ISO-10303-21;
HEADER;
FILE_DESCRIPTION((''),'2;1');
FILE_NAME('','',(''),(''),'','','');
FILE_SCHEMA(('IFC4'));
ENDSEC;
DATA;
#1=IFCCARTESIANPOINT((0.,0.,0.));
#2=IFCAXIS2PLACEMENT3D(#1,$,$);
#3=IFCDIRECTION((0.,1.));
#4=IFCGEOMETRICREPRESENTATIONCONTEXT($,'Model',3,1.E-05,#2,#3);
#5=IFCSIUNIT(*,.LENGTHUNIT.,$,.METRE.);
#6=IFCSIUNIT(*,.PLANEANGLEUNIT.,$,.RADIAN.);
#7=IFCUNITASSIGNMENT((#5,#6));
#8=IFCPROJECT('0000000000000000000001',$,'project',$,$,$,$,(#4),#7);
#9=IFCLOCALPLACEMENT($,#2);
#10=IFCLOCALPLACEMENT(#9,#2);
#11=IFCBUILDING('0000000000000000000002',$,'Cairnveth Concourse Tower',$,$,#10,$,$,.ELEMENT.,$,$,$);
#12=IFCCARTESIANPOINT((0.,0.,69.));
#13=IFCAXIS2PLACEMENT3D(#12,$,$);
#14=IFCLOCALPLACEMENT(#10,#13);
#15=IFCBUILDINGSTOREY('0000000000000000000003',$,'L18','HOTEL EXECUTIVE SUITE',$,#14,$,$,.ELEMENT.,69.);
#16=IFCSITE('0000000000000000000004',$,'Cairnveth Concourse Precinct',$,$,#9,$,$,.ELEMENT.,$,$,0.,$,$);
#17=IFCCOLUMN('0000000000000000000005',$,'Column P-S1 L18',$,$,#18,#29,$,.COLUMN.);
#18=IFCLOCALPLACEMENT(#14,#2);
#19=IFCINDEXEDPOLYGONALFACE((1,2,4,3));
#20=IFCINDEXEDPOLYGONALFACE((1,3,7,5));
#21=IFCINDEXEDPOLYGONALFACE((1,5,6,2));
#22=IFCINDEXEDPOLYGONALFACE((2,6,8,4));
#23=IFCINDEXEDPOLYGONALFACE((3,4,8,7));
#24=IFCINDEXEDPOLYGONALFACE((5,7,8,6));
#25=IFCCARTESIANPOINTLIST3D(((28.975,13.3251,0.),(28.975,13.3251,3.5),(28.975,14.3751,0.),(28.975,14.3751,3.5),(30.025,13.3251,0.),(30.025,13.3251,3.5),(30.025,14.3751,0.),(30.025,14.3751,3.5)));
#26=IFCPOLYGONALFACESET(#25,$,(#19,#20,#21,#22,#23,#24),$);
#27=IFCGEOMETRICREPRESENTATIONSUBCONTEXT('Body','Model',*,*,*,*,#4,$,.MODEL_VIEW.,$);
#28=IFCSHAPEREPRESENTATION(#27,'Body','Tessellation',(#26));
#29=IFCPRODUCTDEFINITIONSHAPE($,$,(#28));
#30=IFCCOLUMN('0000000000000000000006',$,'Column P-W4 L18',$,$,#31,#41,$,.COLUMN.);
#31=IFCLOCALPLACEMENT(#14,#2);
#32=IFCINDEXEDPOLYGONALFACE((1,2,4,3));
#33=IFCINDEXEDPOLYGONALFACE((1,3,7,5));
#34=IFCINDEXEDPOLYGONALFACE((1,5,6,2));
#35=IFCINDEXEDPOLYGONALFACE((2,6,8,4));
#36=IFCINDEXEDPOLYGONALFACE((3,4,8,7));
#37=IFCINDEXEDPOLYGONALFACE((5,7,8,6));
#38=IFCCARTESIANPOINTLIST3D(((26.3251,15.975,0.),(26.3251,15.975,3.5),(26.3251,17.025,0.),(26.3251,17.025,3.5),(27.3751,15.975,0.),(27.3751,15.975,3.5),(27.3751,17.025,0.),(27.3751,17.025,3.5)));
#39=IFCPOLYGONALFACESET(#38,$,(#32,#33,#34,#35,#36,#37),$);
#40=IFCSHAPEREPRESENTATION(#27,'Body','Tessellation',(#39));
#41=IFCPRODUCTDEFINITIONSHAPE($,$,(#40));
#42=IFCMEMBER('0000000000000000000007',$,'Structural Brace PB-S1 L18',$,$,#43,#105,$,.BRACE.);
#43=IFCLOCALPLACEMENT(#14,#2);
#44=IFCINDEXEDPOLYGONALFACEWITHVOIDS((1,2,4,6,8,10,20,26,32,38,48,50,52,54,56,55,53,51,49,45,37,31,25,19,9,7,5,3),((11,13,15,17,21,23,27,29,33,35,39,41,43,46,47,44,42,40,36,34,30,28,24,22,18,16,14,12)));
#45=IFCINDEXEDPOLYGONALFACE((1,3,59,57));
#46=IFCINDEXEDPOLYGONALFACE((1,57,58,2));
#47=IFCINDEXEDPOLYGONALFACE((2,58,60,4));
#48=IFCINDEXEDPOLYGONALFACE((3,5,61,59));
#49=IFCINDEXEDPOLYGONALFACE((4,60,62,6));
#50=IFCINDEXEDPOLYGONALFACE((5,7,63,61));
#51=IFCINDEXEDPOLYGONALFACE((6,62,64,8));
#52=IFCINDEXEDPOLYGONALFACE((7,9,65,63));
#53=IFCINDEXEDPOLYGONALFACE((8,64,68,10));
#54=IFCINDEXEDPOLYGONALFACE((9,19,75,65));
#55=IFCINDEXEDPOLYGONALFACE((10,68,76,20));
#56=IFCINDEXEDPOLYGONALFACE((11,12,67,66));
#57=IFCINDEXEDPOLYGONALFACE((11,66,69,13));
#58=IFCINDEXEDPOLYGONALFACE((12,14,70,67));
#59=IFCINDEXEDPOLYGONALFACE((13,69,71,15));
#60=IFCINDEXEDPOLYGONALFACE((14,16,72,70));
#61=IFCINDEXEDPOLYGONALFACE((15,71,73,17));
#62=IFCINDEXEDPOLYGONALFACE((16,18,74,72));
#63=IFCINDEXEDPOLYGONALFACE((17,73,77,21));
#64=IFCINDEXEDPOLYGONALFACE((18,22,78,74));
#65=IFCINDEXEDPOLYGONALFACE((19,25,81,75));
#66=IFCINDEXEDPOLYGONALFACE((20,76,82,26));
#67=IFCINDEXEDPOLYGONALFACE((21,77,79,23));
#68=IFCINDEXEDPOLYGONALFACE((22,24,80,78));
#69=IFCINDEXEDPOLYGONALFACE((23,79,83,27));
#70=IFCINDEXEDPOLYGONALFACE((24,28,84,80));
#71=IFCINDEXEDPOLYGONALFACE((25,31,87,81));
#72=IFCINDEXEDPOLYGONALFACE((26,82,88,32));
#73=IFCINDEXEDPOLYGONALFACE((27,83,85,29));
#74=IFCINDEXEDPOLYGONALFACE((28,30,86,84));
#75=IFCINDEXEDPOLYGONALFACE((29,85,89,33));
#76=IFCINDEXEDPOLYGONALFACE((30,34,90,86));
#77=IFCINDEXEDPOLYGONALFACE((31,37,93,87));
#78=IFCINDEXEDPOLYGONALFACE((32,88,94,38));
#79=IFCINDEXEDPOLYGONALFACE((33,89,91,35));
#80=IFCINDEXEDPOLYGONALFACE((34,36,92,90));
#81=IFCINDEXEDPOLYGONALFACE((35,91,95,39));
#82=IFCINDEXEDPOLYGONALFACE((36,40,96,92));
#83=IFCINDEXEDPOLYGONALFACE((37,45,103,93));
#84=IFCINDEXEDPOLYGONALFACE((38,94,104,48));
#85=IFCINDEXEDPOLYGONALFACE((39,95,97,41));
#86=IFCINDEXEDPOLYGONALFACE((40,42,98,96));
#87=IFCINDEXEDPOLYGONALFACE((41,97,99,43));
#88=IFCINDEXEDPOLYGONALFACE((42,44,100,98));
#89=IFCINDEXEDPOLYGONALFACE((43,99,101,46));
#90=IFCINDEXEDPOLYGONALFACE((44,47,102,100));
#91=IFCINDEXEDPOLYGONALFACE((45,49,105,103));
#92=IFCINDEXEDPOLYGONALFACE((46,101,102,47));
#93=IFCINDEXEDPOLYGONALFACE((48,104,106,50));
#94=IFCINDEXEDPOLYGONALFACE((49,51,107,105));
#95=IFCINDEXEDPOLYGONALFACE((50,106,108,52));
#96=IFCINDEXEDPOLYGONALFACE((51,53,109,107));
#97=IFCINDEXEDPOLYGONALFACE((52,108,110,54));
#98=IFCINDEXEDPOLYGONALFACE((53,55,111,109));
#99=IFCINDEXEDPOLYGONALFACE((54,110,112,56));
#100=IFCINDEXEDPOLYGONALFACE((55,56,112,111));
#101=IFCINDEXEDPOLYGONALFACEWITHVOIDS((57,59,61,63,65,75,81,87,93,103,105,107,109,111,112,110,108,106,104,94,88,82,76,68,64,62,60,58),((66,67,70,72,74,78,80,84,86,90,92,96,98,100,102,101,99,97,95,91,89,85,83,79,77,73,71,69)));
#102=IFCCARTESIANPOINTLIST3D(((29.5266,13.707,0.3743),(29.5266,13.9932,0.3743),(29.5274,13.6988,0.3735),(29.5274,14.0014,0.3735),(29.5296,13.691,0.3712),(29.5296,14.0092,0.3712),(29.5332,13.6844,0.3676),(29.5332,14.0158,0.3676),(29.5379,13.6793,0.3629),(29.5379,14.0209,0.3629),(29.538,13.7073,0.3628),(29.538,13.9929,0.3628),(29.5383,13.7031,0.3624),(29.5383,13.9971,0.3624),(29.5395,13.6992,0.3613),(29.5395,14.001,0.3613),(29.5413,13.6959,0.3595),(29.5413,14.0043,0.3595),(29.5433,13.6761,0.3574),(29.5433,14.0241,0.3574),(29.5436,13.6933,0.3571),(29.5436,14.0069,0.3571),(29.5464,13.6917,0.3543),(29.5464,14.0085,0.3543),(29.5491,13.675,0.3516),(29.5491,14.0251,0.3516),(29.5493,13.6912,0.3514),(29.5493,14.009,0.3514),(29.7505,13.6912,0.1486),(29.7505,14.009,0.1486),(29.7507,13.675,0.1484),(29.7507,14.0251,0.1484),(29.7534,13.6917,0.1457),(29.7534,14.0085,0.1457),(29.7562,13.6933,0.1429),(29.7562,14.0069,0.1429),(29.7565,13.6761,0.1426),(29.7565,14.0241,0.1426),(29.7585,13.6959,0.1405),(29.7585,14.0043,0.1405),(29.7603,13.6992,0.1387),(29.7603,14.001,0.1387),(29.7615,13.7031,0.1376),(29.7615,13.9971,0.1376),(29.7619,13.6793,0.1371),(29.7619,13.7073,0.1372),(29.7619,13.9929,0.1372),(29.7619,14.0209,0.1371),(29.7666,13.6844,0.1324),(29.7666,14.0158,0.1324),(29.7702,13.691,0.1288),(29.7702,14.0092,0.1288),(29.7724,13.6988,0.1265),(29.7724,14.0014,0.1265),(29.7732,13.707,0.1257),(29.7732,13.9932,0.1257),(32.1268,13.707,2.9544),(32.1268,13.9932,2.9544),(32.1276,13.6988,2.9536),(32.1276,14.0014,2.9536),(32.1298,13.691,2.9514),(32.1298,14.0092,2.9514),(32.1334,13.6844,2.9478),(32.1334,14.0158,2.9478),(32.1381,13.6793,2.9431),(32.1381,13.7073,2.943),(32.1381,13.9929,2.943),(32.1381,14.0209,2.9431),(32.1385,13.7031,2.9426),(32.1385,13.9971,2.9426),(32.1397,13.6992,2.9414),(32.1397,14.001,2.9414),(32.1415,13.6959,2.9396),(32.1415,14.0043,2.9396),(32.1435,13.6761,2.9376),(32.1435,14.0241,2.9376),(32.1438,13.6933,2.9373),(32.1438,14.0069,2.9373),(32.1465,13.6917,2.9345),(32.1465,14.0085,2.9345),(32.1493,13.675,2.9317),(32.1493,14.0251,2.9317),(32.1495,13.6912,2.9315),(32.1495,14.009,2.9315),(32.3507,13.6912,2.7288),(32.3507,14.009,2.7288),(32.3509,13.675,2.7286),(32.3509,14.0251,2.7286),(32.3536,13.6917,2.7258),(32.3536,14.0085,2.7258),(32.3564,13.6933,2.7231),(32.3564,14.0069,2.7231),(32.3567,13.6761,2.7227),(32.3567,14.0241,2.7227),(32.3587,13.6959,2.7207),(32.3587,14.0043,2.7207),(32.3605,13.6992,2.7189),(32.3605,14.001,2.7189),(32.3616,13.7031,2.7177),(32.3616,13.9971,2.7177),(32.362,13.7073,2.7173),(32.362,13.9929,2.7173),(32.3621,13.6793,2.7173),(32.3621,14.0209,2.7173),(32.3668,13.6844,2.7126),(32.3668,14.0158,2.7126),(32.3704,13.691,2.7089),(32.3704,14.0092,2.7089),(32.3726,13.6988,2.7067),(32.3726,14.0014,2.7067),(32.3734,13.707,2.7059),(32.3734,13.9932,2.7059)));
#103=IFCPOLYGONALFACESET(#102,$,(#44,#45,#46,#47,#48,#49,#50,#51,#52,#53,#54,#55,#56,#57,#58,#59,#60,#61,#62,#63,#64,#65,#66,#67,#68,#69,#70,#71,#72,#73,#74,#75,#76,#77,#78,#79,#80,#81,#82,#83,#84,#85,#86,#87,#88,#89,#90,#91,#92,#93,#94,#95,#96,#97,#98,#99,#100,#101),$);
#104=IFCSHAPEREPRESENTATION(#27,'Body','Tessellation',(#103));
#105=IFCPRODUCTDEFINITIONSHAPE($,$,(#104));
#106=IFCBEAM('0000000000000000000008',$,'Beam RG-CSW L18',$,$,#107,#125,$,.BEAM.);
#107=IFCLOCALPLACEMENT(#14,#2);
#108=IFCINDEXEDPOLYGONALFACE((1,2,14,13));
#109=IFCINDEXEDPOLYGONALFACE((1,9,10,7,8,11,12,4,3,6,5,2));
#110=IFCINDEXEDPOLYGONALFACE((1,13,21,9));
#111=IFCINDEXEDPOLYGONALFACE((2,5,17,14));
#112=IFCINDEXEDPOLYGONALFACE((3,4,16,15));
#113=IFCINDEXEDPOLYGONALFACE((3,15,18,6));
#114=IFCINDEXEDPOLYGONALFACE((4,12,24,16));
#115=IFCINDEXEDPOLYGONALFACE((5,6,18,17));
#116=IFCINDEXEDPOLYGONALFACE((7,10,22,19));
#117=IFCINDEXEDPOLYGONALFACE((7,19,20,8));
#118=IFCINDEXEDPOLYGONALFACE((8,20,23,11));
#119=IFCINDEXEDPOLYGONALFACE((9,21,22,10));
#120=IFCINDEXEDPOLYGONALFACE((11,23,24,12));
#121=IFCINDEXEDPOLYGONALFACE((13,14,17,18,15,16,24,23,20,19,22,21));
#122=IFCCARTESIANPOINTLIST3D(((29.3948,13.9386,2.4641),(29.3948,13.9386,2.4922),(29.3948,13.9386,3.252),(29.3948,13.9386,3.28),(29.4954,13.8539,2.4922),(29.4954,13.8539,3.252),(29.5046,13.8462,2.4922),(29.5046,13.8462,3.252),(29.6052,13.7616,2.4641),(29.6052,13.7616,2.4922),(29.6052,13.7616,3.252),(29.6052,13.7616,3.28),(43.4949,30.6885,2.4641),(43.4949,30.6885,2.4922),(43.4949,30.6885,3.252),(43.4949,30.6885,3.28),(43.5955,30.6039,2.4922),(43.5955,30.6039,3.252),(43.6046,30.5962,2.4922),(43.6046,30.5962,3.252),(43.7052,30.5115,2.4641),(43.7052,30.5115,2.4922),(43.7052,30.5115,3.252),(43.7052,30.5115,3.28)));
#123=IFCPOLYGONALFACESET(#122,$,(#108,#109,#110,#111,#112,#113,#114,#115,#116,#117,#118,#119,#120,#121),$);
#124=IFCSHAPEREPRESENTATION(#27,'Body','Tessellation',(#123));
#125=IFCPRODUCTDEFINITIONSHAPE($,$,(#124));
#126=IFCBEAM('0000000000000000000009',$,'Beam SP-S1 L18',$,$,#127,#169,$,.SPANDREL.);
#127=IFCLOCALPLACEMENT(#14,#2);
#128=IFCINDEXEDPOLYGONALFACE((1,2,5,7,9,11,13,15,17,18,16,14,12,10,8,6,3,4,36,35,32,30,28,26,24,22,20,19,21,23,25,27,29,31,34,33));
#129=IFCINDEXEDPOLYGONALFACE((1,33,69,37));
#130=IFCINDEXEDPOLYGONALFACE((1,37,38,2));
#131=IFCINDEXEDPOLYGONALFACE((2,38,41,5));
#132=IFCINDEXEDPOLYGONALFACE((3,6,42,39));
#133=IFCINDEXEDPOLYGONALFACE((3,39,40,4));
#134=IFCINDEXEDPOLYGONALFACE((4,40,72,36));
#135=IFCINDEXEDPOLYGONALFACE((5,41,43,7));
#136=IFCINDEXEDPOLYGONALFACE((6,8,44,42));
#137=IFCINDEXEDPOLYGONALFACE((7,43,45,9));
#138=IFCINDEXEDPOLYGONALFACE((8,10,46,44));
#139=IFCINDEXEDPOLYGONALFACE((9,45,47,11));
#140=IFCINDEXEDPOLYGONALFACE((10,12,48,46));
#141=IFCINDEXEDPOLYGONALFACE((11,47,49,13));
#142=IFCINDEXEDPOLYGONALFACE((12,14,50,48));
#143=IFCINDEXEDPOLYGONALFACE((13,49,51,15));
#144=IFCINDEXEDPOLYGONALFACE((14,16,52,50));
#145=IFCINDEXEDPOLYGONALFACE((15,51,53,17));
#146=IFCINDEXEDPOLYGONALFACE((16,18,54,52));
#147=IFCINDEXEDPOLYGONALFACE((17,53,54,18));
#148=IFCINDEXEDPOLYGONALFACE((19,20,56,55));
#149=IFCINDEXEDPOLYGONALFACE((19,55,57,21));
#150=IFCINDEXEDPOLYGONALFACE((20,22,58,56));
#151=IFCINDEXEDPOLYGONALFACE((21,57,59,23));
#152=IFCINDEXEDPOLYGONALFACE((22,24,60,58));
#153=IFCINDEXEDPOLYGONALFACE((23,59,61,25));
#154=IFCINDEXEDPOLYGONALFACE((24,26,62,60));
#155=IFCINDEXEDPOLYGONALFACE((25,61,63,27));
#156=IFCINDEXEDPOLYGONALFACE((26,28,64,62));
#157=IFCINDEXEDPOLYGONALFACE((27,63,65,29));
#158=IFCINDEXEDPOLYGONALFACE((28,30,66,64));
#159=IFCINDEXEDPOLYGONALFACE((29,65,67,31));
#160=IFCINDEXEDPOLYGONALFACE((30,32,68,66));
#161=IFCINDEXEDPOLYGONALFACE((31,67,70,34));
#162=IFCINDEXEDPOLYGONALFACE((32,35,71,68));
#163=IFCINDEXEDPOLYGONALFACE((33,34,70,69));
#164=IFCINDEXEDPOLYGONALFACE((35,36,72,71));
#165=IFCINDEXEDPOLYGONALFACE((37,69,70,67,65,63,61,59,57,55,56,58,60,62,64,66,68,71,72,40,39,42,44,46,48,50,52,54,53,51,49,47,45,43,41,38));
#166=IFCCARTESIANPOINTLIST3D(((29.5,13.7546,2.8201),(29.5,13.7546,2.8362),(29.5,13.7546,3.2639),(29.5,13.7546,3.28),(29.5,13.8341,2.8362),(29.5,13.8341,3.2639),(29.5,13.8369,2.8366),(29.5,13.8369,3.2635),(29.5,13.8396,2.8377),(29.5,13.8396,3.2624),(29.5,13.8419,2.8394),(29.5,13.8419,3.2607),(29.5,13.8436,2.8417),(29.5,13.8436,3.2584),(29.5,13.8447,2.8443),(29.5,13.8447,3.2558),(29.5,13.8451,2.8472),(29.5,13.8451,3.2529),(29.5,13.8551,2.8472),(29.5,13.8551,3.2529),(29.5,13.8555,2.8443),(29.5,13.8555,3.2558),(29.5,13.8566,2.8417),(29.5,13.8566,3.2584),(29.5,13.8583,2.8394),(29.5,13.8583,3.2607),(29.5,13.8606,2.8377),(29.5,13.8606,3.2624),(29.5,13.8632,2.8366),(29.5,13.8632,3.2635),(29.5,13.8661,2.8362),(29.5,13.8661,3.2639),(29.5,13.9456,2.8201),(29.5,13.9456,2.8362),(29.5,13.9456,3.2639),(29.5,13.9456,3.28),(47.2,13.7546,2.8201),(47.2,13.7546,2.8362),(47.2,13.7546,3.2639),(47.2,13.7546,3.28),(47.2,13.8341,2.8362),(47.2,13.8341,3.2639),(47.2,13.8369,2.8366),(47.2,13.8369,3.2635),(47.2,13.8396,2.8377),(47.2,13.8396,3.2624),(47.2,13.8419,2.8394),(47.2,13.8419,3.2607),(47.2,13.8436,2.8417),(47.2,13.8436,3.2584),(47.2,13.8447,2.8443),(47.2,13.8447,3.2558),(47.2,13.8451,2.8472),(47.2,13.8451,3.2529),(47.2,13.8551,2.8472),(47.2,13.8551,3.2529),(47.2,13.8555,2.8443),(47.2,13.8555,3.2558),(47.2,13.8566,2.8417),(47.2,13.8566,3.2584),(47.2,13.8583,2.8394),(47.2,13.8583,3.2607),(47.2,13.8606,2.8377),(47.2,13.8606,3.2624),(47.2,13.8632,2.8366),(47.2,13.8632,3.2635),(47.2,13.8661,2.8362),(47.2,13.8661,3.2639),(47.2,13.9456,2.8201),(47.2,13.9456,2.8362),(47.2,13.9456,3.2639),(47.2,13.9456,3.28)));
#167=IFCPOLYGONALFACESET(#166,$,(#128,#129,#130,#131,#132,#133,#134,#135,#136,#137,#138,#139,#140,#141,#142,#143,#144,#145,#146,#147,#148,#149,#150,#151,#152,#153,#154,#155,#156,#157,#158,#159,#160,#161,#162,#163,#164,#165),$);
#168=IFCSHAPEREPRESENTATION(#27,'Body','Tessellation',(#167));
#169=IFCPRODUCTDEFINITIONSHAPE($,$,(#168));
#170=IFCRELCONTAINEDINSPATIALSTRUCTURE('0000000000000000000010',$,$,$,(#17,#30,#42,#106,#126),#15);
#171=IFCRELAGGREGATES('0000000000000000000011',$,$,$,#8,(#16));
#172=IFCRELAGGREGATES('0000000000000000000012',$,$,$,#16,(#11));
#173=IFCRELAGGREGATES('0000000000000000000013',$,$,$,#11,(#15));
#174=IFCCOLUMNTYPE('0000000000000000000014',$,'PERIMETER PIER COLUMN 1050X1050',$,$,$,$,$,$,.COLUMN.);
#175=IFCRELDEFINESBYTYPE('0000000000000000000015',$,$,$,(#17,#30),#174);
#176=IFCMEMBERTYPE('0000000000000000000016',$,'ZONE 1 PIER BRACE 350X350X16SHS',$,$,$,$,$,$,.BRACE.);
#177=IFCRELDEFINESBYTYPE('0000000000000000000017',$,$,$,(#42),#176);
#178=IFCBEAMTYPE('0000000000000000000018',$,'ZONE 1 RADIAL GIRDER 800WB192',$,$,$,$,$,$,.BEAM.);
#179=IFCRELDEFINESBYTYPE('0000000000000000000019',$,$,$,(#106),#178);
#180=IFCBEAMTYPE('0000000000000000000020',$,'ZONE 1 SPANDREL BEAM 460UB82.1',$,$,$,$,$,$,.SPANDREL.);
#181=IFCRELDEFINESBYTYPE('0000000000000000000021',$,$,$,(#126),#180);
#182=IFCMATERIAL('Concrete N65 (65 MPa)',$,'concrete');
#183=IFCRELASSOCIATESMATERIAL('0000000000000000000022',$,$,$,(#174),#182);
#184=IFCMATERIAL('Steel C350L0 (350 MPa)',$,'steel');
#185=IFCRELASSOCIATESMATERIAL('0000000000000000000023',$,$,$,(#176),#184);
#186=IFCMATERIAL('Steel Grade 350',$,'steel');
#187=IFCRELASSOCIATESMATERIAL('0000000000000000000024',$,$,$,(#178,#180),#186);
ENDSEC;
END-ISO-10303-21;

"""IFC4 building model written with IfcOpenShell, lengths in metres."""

from ifc_helpers import new_model, si_unit, direction, frame, origin, origin_2d, place, context, subcontext, project, spatial, rectangle, hollow_rectangle, i_section, extrude, material, material_profile, profile_set, type_object, element, save


model = new_model("IFC4")

# Units and contexts
model_context = context("Model", 3, precision=1e-05, world=origin(), true_north=direction((0.0, 1.0)))
body_context = subcontext(model_context, "Body", "Model", "MODEL_VIEW")
ifc_project = project(units=[si_unit("LENGTHUNIT", "METRE"), si_unit("PLANEANGLEUNIT", "RADIAN")], contexts=[model_context])

# Site, building, storey
site_placement = place(None, origin())
site = spatial("IfcSite", under=ifc_project, at=site_placement, Name="Cairnveth Concourse Precinct", CompositionType="ELEMENT", RefElevation=0.0)
building_placement = place(site_placement, origin())
building = spatial("IfcBuilding", under=site, at=building_placement, Name="Cairnveth Concourse Tower", CompositionType="ELEMENT")
storey_placement = place(building_placement, frame((0.0, 0.0, 69.0)))
storey = spatial("IfcBuildingStorey", under=building, at=storey_placement, Name="L18", Description="HOTEL EXECUTIVE SUITE", CompositionType="ELEMENT", Elevation=69.0)

# Columns
ifc_material_1 = material(Name="Concrete N65 (65 MPa)", Category="concrete")
ifc_material_profile_1 = material_profile(ifc_material_1, rectangle(XDim=1.05, YDim=1.05, at=origin_2d()), Name="RC-COL-1050x1050")
ifc_profile_set_1 = profile_set([ifc_material_profile_1], Name="Concrete N65 (65 MPa)")
column_type = type_object("IfcColumnType", Name="PERIMETER PIER COLUMN 1050X1050", PredefinedType="COLUMN", material=ifc_profile_set_1)
for number, where, z_axis, x_axis, name in (
    (1, (29.5, 13.8501, 0.0), (0.0, 0.0, 1.0), (1.0, 0.0, 0.0), "Column P-S1 L18"),
    (2, (26.8501, 16.5, 0.0), (0.0, 0.0, 1.0), (0.0, 1.0, 0.0), "Column P-W4 L18"),
):
    element("IfcColumn", number, at=place(storey_placement, frame(where, z_axis=z_axis, x_axis=x_axis)), inside=storey, type_object=column_type, Name=name, PredefinedType="COLUMN", context=body_context, shape_type="SweptSolid", body=[
        extrude(rectangle(XDim=1.05, YDim=1.05, at=origin_2d()), origin(), (0.0, 0.0, 1.0), 3.5),
    ])

# Member
ifc_material_2 = material(Name="Steel C350L0 (350 MPa)", Category="steel")
ifc_material_profile_2 = material_profile(ifc_material_2, hollow_rectangle(XDim=0.3501, YDim=0.3501, WallThickness=0.0161, InnerFilletRadius=0.0161, OuterFilletRadius=0.032, at=origin_2d()), Name="350x350x16.0SHS")
ifc_profile_set_2 = profile_set([ifc_material_profile_2], Name="Steel C350L0 (350 MPa)")
member_type = type_object("IfcMemberType", Name="ZONE 1 PIER BRACE 350X350X16SHS", PredefinedType="BRACE", material=ifc_profile_set_2)
member_placement = place(storey_placement, frame((29.6499, 13.8501, 0.25), z_axis=(0.709834, 0.0, 0.704369), x_axis=(0.0, 1.0, 0.0)))
element("IfcMember", 3, at=member_placement, inside=storey, type_object=member_type, Name="Structural Brace PB-S1 L18", PredefinedType="BRACE", context=body_context, shape_type="SweptSolid", body=[
    extrude(hollow_rectangle(XDim=0.3501, YDim=0.3501, WallThickness=0.0161, InnerFilletRadius=0.0161, OuterFilletRadius=0.032, at=origin_2d()), origin(), (0.0, 0.0, 1.0), 3.6631),
])

# Beams
ifc_material_3 = material(Name="Steel Grade 350", Category="steel")
ifc_material_profile_3 = material_profile(ifc_material_3, i_section(OverallWidth=0.2749, OverallDepth=0.8159, WebThickness=0.012, FlangeThickness=0.0281, at=origin_2d()), Name="800WB192")
ifc_profile_set_3 = profile_set([ifc_material_profile_3], Name="Steel Grade 350")
beam_type_1 = type_object("IfcBeamType", Name="ZONE 1 RADIAL GIRDER 800WB192", PredefinedType="BEAM", material=ifc_profile_set_3)
beam_1_placement = place(storey_placement, frame((29.5, 13.8501, 2.8721), z_axis=(0.643998, 0.765027, 0.0), x_axis=(-0.765027, 0.643998, 0.0)))
element("IfcBeam", 4, at=beam_1_placement, inside=storey, type_object=beam_type_1, Name="Beam RG-CSW L18", PredefinedType="BEAM", context=body_context, shape_type="SweptSolid", body=[
    extrude(i_section(OverallWidth=0.2749, OverallDepth=0.8159, WebThickness=0.012, FlangeThickness=0.0281, at=origin_2d()), origin(), (0.0, 0.0, 1.0), 21.8945),
])
ifc_material_profile_4 = material_profile(ifc_material_3, i_section(OverallWidth=0.1909, OverallDepth=0.46, WebThickness=0.01, FlangeThickness=0.0161, FilletRadius=0.011, at=origin_2d()), Name="460UB82.1")
ifc_profile_set_4 = profile_set([ifc_material_profile_4], Name="Steel Grade 350")
beam_type_2 = type_object("IfcBeamType", Name="ZONE 1 SPANDREL BEAM 460UB82.1", PredefinedType="SPANDREL", material=ifc_profile_set_4)
for number, where, z_axis, x_axis, name in (
    (5, (29.5, 13.8501, 3.05), (1.0, 0.0, 0.0), (0.0, 1.0, 0.0), "Beam SP-S1 L18"),
):
    element("IfcBeam", number, at=place(storey_placement, frame(where, z_axis=z_axis, x_axis=x_axis)), inside=storey, type_object=beam_type_2, Name=name, PredefinedType="SPANDREL", context=body_context, shape_type="SweptSolid", body=[
        extrude(i_section(OverallWidth=0.1909, OverallDepth=0.46, WebThickness=0.01, FlangeThickness=0.0161, FilletRadius=0.011, at=origin_2d()), origin(), (0.0, 0.0, 1.0), 17.7),
    ])

save(model, "model.ifc")
